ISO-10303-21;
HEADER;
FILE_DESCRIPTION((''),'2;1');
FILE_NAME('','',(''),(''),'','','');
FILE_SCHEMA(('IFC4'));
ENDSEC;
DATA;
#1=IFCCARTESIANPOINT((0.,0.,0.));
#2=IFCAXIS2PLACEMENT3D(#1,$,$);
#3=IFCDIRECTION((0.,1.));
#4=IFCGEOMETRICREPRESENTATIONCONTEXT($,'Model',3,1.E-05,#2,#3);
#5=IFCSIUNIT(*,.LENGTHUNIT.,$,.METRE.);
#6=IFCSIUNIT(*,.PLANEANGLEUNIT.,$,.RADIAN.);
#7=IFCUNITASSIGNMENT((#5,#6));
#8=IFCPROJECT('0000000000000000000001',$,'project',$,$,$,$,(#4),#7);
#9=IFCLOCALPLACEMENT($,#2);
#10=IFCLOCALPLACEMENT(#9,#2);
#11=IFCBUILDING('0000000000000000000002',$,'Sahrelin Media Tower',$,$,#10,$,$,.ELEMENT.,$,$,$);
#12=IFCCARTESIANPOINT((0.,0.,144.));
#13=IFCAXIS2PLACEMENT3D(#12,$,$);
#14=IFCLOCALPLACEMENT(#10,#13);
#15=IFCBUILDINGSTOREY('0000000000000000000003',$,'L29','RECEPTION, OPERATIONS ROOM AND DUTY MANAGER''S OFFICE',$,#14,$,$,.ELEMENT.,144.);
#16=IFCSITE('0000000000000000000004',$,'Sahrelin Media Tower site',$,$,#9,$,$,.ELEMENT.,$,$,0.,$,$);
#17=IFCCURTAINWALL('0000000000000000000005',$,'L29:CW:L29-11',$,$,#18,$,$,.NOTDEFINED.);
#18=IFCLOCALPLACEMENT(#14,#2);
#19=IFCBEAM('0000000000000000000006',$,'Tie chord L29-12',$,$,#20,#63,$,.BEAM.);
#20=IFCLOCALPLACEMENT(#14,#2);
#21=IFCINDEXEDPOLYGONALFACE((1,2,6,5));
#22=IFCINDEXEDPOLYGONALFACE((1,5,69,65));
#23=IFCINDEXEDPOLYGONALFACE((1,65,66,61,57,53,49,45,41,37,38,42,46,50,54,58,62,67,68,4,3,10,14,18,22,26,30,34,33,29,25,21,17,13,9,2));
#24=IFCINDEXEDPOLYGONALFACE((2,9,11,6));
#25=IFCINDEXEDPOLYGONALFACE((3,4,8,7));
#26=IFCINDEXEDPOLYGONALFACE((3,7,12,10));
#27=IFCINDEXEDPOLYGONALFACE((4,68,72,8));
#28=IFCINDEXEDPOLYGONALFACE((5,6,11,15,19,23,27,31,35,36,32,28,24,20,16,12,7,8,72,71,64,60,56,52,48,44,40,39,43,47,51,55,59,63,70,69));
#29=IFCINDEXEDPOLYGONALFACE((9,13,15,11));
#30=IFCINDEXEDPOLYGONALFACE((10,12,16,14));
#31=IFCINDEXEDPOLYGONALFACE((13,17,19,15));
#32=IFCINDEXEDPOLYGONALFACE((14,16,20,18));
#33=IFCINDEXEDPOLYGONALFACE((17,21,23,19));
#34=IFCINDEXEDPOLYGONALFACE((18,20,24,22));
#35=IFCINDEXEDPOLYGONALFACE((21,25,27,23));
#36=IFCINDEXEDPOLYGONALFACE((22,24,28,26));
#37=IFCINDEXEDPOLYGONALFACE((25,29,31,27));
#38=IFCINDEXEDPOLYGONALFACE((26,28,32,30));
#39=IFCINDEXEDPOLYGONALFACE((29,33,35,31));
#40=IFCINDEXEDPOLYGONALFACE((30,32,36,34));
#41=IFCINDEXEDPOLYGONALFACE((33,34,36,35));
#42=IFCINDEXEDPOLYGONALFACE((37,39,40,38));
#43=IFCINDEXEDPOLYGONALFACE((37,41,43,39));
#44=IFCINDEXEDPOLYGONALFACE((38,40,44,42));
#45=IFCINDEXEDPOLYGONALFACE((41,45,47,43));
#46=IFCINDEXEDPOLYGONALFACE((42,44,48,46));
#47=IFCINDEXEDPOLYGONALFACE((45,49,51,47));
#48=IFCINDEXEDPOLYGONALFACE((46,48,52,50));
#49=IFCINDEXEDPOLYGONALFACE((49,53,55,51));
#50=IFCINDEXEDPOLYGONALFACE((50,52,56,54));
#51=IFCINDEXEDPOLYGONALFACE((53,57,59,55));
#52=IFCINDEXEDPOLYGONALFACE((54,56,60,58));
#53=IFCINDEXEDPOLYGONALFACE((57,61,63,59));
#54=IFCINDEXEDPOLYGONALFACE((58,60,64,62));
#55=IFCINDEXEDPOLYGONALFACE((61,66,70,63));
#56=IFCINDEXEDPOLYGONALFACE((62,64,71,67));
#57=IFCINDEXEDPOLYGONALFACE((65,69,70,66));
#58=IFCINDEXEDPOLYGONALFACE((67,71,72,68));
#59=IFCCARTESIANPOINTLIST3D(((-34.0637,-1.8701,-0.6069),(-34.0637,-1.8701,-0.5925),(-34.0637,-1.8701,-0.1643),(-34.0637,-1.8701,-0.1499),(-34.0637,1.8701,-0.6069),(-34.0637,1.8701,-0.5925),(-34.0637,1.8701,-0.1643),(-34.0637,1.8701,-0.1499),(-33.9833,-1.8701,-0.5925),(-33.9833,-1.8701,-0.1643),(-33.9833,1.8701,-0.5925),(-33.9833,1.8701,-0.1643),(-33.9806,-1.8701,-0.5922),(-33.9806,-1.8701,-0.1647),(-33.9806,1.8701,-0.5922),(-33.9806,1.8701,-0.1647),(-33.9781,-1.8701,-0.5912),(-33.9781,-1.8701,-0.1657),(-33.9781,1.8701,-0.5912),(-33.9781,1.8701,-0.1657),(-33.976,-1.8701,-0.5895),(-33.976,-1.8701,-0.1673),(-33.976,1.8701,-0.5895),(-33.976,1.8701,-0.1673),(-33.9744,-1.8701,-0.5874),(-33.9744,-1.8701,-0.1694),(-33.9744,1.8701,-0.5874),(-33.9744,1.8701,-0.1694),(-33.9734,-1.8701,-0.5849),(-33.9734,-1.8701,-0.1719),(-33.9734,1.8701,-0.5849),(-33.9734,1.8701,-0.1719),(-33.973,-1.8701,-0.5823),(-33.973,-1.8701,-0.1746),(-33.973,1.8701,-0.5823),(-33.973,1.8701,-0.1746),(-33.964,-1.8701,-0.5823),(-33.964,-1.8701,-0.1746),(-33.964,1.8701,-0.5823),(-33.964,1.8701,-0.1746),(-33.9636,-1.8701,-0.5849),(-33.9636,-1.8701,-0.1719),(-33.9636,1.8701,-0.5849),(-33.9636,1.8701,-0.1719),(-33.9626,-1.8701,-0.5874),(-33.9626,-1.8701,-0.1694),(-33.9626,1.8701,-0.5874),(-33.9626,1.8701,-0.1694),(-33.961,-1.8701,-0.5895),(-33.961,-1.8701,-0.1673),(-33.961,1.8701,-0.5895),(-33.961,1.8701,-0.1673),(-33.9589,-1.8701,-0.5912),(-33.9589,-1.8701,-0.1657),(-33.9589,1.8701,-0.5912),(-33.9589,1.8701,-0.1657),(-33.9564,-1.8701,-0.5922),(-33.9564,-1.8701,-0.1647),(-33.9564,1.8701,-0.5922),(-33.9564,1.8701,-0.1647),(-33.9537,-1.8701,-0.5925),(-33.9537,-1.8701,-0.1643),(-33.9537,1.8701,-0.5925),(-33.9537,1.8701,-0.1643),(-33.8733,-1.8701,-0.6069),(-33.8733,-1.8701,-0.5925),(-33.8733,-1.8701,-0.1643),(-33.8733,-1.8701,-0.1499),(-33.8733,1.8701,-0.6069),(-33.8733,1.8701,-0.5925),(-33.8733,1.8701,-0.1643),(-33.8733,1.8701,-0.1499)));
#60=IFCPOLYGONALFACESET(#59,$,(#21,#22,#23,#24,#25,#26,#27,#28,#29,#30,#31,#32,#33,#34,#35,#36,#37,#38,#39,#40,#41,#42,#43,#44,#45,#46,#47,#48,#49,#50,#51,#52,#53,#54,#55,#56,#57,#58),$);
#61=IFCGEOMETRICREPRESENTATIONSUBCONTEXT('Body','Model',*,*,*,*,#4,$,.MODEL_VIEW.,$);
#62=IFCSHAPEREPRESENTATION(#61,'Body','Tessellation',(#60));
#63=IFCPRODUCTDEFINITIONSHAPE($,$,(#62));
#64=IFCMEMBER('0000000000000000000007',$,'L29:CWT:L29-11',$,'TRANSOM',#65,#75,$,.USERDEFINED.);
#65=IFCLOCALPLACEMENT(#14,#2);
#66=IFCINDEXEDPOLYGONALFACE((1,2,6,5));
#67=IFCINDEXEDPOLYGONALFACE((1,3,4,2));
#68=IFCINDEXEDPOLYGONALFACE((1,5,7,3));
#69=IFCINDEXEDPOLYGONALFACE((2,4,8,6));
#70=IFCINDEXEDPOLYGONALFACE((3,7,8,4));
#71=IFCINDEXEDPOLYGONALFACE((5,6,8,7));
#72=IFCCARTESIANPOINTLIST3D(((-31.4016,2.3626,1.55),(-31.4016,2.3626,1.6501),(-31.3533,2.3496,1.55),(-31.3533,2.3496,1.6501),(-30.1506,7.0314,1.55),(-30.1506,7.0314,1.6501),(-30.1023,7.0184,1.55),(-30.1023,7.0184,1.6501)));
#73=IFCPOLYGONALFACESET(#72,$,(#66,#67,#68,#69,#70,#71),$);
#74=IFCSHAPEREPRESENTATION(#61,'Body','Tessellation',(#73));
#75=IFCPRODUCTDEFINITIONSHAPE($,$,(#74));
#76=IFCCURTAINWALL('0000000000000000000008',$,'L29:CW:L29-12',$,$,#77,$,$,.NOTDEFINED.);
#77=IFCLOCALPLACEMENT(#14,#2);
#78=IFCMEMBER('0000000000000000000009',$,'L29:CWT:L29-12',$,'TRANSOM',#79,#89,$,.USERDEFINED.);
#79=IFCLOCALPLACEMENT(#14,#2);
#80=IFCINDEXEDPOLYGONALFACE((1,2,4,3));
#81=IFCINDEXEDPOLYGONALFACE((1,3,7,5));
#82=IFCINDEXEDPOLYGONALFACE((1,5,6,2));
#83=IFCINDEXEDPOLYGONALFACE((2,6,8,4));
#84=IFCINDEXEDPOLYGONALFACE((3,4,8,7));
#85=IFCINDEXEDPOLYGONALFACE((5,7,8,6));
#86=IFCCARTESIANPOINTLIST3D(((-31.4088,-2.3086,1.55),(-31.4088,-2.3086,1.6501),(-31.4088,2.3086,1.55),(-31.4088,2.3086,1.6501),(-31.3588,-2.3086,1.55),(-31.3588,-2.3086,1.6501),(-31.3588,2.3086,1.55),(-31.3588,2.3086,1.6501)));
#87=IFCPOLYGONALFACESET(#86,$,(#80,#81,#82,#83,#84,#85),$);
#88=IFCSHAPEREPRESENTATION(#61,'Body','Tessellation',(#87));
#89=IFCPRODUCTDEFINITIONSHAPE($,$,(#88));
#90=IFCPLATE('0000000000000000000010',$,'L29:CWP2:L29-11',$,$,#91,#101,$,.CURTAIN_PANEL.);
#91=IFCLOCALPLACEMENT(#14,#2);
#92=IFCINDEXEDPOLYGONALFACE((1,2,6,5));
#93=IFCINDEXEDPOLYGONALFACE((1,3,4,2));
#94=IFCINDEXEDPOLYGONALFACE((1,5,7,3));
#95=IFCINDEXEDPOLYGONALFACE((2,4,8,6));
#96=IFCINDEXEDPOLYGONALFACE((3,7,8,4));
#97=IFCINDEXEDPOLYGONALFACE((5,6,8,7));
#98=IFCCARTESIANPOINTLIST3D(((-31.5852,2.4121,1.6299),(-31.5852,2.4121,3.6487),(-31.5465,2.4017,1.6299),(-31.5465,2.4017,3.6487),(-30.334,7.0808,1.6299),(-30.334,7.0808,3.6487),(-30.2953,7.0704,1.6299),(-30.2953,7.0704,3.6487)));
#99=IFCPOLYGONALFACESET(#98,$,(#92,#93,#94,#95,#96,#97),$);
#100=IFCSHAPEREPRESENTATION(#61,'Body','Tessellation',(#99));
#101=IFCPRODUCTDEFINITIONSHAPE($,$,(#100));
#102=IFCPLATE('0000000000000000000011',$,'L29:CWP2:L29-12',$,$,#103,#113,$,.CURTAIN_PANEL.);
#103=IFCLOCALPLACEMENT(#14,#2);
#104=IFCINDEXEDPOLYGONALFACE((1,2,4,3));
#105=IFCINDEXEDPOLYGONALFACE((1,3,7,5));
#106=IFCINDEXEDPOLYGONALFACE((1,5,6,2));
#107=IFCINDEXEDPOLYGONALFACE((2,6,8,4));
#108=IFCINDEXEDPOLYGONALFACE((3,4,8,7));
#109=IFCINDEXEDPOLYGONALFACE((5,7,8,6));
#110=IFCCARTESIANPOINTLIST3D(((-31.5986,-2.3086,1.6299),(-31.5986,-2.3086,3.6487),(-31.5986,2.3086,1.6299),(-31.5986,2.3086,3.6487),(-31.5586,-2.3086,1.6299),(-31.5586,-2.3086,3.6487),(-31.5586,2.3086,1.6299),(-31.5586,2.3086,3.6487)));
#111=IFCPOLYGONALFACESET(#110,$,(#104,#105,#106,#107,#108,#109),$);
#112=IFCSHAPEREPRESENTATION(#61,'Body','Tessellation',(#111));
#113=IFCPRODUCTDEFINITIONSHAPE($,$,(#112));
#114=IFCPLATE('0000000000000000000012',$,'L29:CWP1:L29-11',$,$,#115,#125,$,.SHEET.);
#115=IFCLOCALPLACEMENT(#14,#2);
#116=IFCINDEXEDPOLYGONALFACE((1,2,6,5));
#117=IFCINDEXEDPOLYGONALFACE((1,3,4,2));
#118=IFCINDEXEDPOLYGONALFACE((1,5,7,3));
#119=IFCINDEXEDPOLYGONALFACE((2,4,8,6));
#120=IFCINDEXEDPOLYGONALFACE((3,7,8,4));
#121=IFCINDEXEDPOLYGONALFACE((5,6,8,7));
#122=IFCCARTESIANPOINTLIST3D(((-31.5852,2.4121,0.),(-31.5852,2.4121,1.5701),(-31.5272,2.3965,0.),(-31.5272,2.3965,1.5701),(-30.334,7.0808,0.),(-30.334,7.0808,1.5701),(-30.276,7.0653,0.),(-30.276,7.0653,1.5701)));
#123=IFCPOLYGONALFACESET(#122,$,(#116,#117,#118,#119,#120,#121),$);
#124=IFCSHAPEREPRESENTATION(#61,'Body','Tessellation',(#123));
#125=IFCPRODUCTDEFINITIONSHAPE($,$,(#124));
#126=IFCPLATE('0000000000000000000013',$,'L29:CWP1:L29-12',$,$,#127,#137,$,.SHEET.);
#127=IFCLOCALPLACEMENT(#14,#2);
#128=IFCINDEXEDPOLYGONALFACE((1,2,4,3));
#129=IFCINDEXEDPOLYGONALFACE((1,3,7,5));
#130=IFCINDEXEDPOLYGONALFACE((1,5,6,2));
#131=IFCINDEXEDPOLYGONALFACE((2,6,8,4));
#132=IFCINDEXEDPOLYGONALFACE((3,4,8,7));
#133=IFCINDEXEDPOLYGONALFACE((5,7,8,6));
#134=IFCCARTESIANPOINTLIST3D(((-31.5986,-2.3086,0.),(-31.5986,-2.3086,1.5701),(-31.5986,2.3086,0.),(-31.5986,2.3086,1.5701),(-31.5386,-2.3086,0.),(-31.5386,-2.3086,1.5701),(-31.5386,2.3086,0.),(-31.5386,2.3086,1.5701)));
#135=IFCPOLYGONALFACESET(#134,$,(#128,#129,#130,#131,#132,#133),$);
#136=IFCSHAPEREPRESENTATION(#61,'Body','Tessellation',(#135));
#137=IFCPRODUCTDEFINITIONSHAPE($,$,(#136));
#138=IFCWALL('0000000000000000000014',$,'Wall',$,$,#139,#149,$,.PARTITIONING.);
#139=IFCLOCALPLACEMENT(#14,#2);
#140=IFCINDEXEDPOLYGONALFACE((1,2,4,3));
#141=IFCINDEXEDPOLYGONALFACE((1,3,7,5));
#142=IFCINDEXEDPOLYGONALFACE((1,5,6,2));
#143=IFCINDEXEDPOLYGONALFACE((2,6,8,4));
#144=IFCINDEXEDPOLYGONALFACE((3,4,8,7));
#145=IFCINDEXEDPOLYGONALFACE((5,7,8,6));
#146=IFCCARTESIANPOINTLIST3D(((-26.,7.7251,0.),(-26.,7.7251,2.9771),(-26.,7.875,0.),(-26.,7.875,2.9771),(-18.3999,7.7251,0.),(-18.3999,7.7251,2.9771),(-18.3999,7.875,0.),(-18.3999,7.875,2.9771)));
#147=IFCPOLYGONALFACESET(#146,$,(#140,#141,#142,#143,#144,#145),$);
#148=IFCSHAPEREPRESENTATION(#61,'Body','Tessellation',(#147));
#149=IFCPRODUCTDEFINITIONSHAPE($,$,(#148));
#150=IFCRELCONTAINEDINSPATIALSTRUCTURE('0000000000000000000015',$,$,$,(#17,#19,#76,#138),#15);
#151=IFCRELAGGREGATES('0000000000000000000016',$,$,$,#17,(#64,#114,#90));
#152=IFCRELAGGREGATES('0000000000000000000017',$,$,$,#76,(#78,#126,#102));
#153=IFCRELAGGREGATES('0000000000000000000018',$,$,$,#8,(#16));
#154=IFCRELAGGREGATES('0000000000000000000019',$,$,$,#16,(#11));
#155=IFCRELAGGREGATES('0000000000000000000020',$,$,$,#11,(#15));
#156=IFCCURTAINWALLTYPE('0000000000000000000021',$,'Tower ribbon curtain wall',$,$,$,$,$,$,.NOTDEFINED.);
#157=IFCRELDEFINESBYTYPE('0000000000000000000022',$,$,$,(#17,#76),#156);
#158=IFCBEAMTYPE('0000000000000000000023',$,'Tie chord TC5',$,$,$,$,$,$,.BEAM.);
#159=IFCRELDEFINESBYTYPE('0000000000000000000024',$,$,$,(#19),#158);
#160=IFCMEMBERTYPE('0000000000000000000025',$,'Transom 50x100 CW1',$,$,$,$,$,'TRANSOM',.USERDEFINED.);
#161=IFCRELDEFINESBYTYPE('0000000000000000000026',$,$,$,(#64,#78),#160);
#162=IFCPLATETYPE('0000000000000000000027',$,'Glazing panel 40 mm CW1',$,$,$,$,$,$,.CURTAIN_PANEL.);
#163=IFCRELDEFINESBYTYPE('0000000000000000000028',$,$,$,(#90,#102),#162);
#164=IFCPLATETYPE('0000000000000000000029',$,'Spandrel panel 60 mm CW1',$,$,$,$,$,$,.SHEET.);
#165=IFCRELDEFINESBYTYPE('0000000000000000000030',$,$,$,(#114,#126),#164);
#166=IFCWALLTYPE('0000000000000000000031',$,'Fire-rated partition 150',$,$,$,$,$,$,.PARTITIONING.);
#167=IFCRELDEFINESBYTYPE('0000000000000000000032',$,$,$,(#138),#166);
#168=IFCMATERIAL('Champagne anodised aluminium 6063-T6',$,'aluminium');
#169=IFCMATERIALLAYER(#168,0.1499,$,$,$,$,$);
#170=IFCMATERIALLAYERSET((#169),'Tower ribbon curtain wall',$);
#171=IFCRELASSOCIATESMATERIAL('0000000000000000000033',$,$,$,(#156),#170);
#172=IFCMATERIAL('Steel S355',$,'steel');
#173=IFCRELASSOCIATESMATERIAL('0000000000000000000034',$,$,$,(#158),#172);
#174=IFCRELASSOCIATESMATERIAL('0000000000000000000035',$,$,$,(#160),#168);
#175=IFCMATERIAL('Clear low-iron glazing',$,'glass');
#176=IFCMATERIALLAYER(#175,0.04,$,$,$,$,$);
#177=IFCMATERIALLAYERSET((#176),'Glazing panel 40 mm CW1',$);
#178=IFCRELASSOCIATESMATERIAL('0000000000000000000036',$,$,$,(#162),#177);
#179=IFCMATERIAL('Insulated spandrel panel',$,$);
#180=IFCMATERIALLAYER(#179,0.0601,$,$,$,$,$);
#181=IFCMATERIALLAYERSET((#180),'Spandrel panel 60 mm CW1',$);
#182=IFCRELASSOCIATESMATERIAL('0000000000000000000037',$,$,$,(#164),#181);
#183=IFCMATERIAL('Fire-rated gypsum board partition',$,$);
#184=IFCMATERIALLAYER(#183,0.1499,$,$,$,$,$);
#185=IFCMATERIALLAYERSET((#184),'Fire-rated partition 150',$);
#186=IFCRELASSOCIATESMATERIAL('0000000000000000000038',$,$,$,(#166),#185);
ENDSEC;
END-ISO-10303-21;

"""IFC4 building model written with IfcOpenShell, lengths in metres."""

from ifc_helpers import new_model, si_unit, direction, frame, frame_2d, origin, origin_2d, place, context, subcontext, project, spatial, polyline, rectangle, i_section, outline, extrude, material, layer, layer_set, material_profile, profile_set, type_object, element, aggregate, save


model = new_model("IFC4")

# Units and contexts
model_context = context("Model", 3, precision=1e-05, world=origin(), true_north=direction((0.0, 1.0)))
body_context = subcontext(model_context, "Body", "Model", "MODEL_VIEW")
ifc_project = project(units=[si_unit("LENGTHUNIT", "METRE"), si_unit("PLANEANGLEUNIT", "RADIAN")], contexts=[model_context])

# Site, building, storey
site_placement = place(None, origin())
site = spatial("IfcSite", under=ifc_project, at=site_placement, Name="Sahrelin Media Tower site", CompositionType="ELEMENT", RefElevation=0.0)
building_placement = place(site_placement, origin())
building = spatial("IfcBuilding", under=site, at=building_placement, Name="Sahrelin Media Tower", CompositionType="ELEMENT")
storey_placement = place(building_placement, frame((0.0, 0.0, 144.0)))
storey = spatial("IfcBuildingStorey", under=building, at=storey_placement, Name="L29", Description="RECEPTION, OPERATIONS ROOM AND DUTY MANAGER'S OFFICE", CompositionType="ELEMENT", Elevation=144.0)

# Shared definitions
ifc_material_1 = material(Name="Steel S355", Category="steel")

# Curtain wall
ifc_material_2 = material(Name="Champagne anodised aluminium 6063-T6", Category="aluminium")
ifc_layer_1 = layer(ifc_material_2, 0.1499)
ifc_layer_set_1 = layer_set([ifc_layer_1], Name="Tower ribbon curtain wall")
curtain_wall_type = type_object("IfcCurtainWallType", Name="Tower ribbon curtain wall", PredefinedType="NOTDEFINED", material=ifc_layer_set_1)
curtain_wall_1_placement = place(storey_placement, frame((-30.9402, 4.7412, 0.0), z_axis=(0.0, 0.0, 1.0), x_axis=(1.0, 0.0, 0.0)))
curtain_wall_1 = element("IfcCurtainWall", 1, at=curtain_wall_1_placement, inside=storey, type_object=curtain_wall_type, Name="L29:CW:L29-11", PredefinedType="NOTDEFINED")

# Beam
ifc_material_profile_1 = material_profile(ifc_material_1, i_section(OverallWidth=0.1904, OverallDepth=0.457, WebThickness=0.009, FlangeThickness=0.0144, FilletRadius=0.0103, at=origin_2d()), Name="UB 457x191x74")
ifc_profile_set_1 = profile_set([ifc_material_profile_1], Name="Steel S355")
beam_type_1 = type_object("IfcBeamType", Name="Tie chord TC5", PredefinedType="BEAM", material=ifc_profile_set_1)
beam_1_placement = place(storey_placement, frame((-33.9685, 1.8701, -0.3784), z_axis=(0.0, -1.0, 0.0), x_axis=(1.0, 0.0, 0.0)))
element("IfcBeam", 2, at=beam_1_placement, inside=storey, type_object=beam_type_1, Name="Tie chord L29-12", PredefinedType="BEAM", context=body_context, shape_type="SweptSolid", body=[
    extrude(i_section(OverallWidth=0.1904, OverallDepth=0.457, WebThickness=0.009, FlangeThickness=0.0144, FilletRadius=0.0103, at=origin_2d()), origin(), (0.0, 0.0, 1.0), 3.7402),
])

# Member
ifc_material_profile_2 = material_profile(ifc_material_2, rectangle(XDim=0.05, YDim=0.1001, at=origin_2d()), Name="Transom 50x100")
ifc_profile_set_2 = profile_set([ifc_material_profile_2], Name="Champagne anodised aluminium 6063-T6")
member_type_1 = type_object("IfcMemberType", Name="Transom 50x100 CW1", ElementType="TRANSOM", PredefinedType="USERDEFINED", material=ifc_profile_set_2)
member_1_placement = place(storey_placement, frame((-30.1265, 7.0249, 1.6001), z_axis=(-0.258819, -0.965926, 0.0), x_axis=(0.965926, -0.258819, 0.0)))
member_1 = element("IfcMember", 3, at=member_1_placement, type_object=member_type_1, Name="L29:CWT:L29-11", ObjectType="TRANSOM", PredefinedType="USERDEFINED", context=body_context, shape_type="SweptSolid", body=[
    extrude(rectangle(XDim=0.05, YDim=0.1001, at=origin_2d()), origin(), (0.0, 0.0, 1.0), 4.8335),
])

# Curtain wall, member
curtain_wall_2_placement = place(storey_placement, frame((-31.5786, 0.0, 0.0), z_axis=(0.0, 0.0, 1.0), x_axis=(1.0, 0.0, 0.0)))
curtain_wall_2 = element("IfcCurtainWall", 4, at=curtain_wall_2_placement, inside=storey, type_object=curtain_wall_type, Name="L29:CW:L29-12", PredefinedType="NOTDEFINED")
member_2_placement = place(storey_placement, frame((-31.3838, 2.3086, 1.6001), z_axis=(0.0, -1.0, 0.0), x_axis=(1.0, 0.0, 0.0)))
member_2 = element("IfcMember", 5, at=member_2_placement, type_object=member_type_1, Name="L29:CWT:L29-12", ObjectType="TRANSOM", PredefinedType="USERDEFINED", context=body_context, shape_type="SweptSolid", body=[
    extrude(rectangle(XDim=0.05, YDim=0.1001, at=origin_2d()), origin(), (0.0, 0.0, 1.0), 4.6172),
])

# Plates
ifc_material_3 = material(Name="Clear low-iron glazing", Category="glass")
ifc_layer_2 = layer(ifc_material_3, 0.04)
ifc_layer_set_2 = layer_set([ifc_layer_2], Name="Glazing panel 40 mm CW1")
plate_type_1 = type_object("IfcPlateType", Name="Glazing panel 40 mm CW1", PredefinedType="CURTAIN_PANEL", material=ifc_layer_set_2)
plate_1_placement = place(storey_placement, frame((-30.334, 7.0808, 1.6299), z_axis=(-0.965913, 0.258867, 0.0), x_axis=(-0.258867, -0.965913, 0.0)))
plate_1 = element("IfcPlate", 6, at=plate_1_placement, type_object=plate_type_1, Name="L29:CWP2:L29-11", PredefinedType="CURTAIN_PANEL", context=body_context, shape_type="SweptSolid", body=[
    extrude(outline(polyline([(0.0, 0.0), (4.8335, 0.0), (4.8335, 2.0188), (0.0, 2.0188), (0.0, 0.0)])), origin(), (0.0, 0.0, -1.0), 0.04),
])
plate_2_placement = place(storey_placement, frame((-31.5986, 2.3086, 1.6299), z_axis=(-1.0, 0.0, 0.0), x_axis=(0.0, -1.0, 0.0)))
plate_2 = element("IfcPlate", 7, at=plate_2_placement, type_object=plate_type_1, Name="L29:CWP2:L29-12", PredefinedType="CURTAIN_PANEL", context=body_context, shape_type="SweptSolid", body=[
    extrude(outline(polyline([(0.0, 0.0), (4.6172, 0.0), (4.6172, 2.0188), (0.0, 2.0188), (0.0, 0.0)])), origin(), (0.0, 0.0, -1.0), 0.04),
])
ifc_material_4 = material(Name="Insulated spandrel panel")
ifc_layer_3 = layer(ifc_material_4, 0.0601)
ifc_layer_set_3 = layer_set([ifc_layer_3], Name="Spandrel panel 60 mm CW1")
plate_type_2 = type_object("IfcPlateType", Name="Spandrel panel 60 mm CW1", PredefinedType="SHEET", material=ifc_layer_set_3)
plate_3_placement = place(storey_placement, frame((-30.334, 7.0808, 0.0), z_axis=(-0.965913, 0.258867, 0.0), x_axis=(-0.258867, -0.965913, 0.0)))
plate_3 = element("IfcPlate", 8, at=plate_3_placement, type_object=plate_type_2, Name="L29:CWP1:L29-11", PredefinedType="SHEET", context=body_context, shape_type="SweptSolid", body=[
    extrude(outline(polyline([(0.0, 0.0), (4.8335, 0.0), (4.8335, 1.5701), (0.0, 1.5701), (0.0, 0.0)])), origin(), (0.0, 0.0, -1.0), 0.0601),
])
aggregate(curtain_wall_1, [member_1, plate_3, plate_1])
plate_4_placement = place(storey_placement, frame((-31.5986, 2.3086, 0.0), z_axis=(-1.0, 0.0, 0.0), x_axis=(0.0, -1.0, 0.0)))
plate_4 = element("IfcPlate", 9, at=plate_4_placement, type_object=plate_type_2, Name="L29:CWP1:L29-12", PredefinedType="SHEET", context=body_context, shape_type="SweptSolid", body=[
    extrude(outline(polyline([(0.0, 0.0), (4.6172, 0.0), (4.6172, 1.5701), (0.0, 1.5701), (0.0, 0.0)])), origin(), (0.0, 0.0, -1.0), 0.0601),
])
aggregate(curtain_wall_2, [member_2, plate_4, plate_2])

# Wall
ifc_material_5 = material(Name="Fire-rated gypsum board partition")
ifc_layer_4 = layer(ifc_material_5, 0.1499)
ifc_layer_set_4 = layer_set([ifc_layer_4], Name="Fire-rated partition 150")
wall_type_1 = type_object("IfcWallType", Name="Fire-rated partition 150", PredefinedType="PARTITIONING", material=ifc_layer_set_4)
wall_1_placement = place(storey_placement, frame((-26.0, 7.8, 0.0), z_axis=(0.0, 0.0, 1.0), x_axis=(1.0, 0.0, 0.0)))
element("IfcWall", 10, at=wall_1_placement, inside=storey, type_object=wall_type_1, Name="Wall", PredefinedType="PARTITIONING", context=body_context, shape_type="SweptSolid", body=[
    extrude(rectangle(XDim=7.6001, YDim=0.1499, at=frame_2d((3.8, 0.0))), origin(), (0.0, 0.0, 1.0), 2.9771),
])

save(model, "model.ifc")
